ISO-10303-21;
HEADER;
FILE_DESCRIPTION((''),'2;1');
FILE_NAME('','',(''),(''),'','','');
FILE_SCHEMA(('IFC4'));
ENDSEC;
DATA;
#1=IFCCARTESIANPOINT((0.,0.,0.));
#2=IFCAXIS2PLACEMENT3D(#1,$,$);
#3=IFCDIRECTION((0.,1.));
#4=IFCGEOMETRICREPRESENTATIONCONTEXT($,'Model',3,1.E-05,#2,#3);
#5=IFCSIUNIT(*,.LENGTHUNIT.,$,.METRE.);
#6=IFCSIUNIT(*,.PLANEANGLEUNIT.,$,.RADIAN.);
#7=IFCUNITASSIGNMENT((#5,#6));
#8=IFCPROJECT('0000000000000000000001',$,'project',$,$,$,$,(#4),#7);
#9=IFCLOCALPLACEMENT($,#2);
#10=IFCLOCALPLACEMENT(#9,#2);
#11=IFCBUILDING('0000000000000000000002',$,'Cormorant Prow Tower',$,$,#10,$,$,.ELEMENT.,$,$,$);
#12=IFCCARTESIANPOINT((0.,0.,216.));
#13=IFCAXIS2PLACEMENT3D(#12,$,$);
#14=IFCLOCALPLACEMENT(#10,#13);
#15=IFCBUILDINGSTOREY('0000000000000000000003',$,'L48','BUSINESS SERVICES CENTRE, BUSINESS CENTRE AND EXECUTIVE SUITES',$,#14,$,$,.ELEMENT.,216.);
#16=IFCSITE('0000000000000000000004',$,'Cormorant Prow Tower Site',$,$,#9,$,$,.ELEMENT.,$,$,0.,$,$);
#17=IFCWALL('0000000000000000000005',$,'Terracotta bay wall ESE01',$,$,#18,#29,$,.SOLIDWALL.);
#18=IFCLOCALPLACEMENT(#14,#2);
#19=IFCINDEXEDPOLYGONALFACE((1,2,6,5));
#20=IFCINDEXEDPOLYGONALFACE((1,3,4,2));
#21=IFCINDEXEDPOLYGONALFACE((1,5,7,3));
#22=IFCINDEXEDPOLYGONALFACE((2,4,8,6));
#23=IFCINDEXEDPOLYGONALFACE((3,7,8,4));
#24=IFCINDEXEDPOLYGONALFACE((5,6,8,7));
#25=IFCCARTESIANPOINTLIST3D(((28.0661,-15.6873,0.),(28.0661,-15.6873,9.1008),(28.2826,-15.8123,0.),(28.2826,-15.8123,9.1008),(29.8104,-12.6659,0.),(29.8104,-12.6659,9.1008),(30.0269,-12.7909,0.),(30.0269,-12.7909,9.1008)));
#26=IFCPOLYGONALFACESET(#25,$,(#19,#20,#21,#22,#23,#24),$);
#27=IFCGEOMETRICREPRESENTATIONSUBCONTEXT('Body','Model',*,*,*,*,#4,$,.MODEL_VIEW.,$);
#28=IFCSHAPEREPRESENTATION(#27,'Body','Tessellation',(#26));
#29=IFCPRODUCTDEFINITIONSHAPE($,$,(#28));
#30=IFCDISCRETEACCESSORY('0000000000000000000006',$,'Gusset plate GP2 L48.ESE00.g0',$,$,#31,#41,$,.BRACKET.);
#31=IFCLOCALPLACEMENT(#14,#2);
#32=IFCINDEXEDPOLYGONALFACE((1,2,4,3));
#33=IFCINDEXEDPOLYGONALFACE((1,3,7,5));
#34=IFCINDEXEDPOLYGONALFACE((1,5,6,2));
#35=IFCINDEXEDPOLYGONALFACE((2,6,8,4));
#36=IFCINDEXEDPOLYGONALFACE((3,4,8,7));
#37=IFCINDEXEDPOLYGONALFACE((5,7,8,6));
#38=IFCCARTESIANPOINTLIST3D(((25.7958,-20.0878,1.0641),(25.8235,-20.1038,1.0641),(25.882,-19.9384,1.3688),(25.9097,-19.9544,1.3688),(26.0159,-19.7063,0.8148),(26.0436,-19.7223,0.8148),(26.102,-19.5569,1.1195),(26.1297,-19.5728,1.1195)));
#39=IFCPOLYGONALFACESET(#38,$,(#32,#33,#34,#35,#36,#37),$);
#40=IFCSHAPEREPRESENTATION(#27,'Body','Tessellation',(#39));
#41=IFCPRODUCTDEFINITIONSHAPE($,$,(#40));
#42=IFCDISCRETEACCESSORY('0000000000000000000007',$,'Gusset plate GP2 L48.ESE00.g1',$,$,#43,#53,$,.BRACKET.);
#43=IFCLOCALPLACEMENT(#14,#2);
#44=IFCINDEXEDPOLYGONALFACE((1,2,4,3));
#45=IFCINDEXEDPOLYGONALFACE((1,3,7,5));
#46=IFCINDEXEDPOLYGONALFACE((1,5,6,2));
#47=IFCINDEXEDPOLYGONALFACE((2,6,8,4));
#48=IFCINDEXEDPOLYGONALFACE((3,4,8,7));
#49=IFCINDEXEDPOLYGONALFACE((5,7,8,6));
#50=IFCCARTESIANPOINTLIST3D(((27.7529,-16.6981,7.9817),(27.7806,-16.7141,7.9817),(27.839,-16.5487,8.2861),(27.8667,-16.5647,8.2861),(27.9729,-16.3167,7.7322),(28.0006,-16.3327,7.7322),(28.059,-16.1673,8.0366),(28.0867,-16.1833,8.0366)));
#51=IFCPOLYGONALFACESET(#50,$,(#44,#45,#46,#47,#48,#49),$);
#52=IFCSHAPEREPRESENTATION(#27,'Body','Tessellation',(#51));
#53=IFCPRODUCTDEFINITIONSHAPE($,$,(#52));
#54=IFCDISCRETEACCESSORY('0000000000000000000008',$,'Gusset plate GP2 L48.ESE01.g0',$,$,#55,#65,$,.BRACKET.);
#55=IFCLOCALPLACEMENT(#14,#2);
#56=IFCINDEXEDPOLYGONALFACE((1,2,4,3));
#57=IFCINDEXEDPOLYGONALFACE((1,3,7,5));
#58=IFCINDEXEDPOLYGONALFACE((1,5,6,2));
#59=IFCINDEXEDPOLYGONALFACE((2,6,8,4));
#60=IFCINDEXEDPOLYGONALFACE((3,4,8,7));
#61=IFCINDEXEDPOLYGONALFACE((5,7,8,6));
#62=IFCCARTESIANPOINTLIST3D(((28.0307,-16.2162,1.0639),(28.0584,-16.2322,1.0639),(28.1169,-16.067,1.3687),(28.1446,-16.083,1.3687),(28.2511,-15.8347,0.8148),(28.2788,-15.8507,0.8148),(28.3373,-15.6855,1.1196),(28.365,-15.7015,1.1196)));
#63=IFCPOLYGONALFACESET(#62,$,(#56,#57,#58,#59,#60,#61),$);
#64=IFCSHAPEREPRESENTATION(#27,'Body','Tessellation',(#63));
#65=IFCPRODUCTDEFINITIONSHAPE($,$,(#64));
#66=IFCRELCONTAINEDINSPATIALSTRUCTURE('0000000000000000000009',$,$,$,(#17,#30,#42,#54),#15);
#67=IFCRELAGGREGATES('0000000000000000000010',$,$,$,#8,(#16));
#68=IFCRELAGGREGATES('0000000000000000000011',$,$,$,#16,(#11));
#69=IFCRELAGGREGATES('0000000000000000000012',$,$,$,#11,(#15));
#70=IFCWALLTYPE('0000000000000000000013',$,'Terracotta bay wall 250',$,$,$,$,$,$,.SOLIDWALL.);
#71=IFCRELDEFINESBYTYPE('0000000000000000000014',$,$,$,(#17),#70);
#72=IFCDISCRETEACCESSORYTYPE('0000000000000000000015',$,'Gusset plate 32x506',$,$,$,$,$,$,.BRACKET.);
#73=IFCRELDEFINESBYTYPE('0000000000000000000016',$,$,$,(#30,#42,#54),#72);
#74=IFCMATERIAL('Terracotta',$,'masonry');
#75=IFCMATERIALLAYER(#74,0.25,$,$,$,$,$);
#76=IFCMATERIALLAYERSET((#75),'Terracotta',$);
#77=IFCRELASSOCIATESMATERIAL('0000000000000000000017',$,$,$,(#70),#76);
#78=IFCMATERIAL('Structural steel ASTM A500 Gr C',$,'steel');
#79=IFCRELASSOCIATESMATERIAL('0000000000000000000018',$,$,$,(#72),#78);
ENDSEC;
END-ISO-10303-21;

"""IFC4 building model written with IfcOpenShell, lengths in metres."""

from ifc_helpers import new_model, si_unit, direction, frame, frame_2d, origin, origin_2d, place, context, subcontext, project, spatial, rectangle, extrude, material, layer, layer_set, material_profile, profile_set, type_object, element, save


model = new_model("IFC4")

# Units and contexts
model_context = context("Model", 3, precision=1e-05, world=origin(), true_north=direction((0.0, 1.0)))
body_context = subcontext(model_context, "Body", "Model", "MODEL_VIEW")
ifc_project = project(units=[si_unit("LENGTHUNIT", "METRE"), si_unit("PLANEANGLEUNIT", "RADIAN")], contexts=[model_context])

# Site, building, storey
site_placement = place(None, origin())
site = spatial("IfcSite", under=ifc_project, at=site_placement, Name="Cormorant Prow Tower Site", CompositionType="ELEMENT", RefElevation=0.0)
building_placement = place(site_placement, origin())
building = spatial("IfcBuilding", under=site, at=building_placement, Name="Cormorant Prow Tower", CompositionType="ELEMENT")
storey_placement = place(building_placement, frame((0.0, 0.0, 216.0)))
storey = spatial("IfcBuildingStorey", under=building, at=storey_placement, Name="L48", Description="BUSINESS SERVICES CENTRE, BUSINESS CENTRE AND EXECUTIVE SUITES", CompositionType="ELEMENT", Elevation=216.0)

# Wall
ifc_material_1 = material(Name="Terracotta", Category="masonry")
ifc_layer_1 = layer(ifc_material_1, 0.25)
ifc_layer_set_1 = layer_set([ifc_layer_1], Name="Terracotta")
wall_type = type_object("IfcWallType", Name="Terracotta bay wall 250", PredefinedType="SOLIDWALL", material=ifc_layer_set_1)
wall_1_placement = place(storey_placement, frame((28.1743, -15.7498, 0.0), z_axis=(0.0, 0.0, 1.0), x_axis=(0.499985, 0.866034, 0.0)))
element("IfcWall", 1, at=wall_1_placement, inside=storey, type_object=wall_type, Name="Terracotta bay wall ESE01", PredefinedType="SOLIDWALL", context=body_context, shape_type="SweptSolid", body=[
    extrude(rectangle(XDim=3.4888, YDim=0.25, at=frame_2d((1.7444, 0.0))), origin(), (0.0, 0.0, 1.0), 9.1008),
])

# Discrete accessories
ifc_material_2 = material(Name="Structural steel ASTM A500 Gr C", Category="steel")
ifc_material_profile_1 = material_profile(ifc_material_2, rectangle(XDim=0.032, YDim=0.5061, at=origin_2d()), Name="Gusset plate 32x506")
ifc_profile_set_1 = profile_set([ifc_material_profile_1], Name="Structural steel ASTM A500 Gr C")
discrete_accessory_type = type_object("IfcDiscreteAccessoryType", Name="Gusset plate 32x506", PredefinedType="BRACKET", material=ifc_profile_set_1)
discrete_accessory_1_placement = place(storey_placement, frame((26.0059, -19.7556, 1.2441), z_axis=(-0.246147, -0.426747, -0.870229), x_axis=(0.866233, -0.499641, 0.0)))
element("IfcDiscreteAccessory", 2, at=discrete_accessory_1_placement, inside=storey, type_object=discrete_accessory_type, Name="Gusset plate GP2 L48.ESE00.g0", PredefinedType="BRACKET", context=body_context, shape_type="SweptSolid", body=[
    extrude(rectangle(XDim=0.032, YDim=0.5061, at=origin_2d()), origin(), (0.0, 0.0, 1.0), 0.3501),
])
discrete_accessory_2_placement = place(storey_placement, frame((27.8767, -16.5154, 7.8569), z_axis=(0.246296, 0.427006, 0.87006), x_axis=(-0.866233, 0.499641, 0.0)))
element("IfcDiscreteAccessory", 3, at=discrete_accessory_2_placement, inside=storey, type_object=discrete_accessory_type, Name="Gusset plate GP2 L48.ESE00.g1", PredefinedType="BRACKET", context=body_context, shape_type="SweptSolid", body=[
    extrude(rectangle(XDim=0.032, YDim=0.5061, at=origin_2d()), origin(), (0.0, 0.0, 1.0), 0.3499),
])
discrete_accessory_3_placement = place(storey_placement, frame((28.241, -15.8843, 1.2441), z_axis=(-0.24622, -0.426176, -0.870488), x_axis=(0.865879, -0.500254, 0.0)))
element("IfcDiscreteAccessory", 4, at=discrete_accessory_3_placement, inside=storey, type_object=discrete_accessory_type, Name="Gusset plate GP2 L48.ESE01.g0", PredefinedType="BRACKET", context=body_context, shape_type="SweptSolid", body=[
    extrude(rectangle(XDim=0.032, YDim=0.5061, at=origin_2d()), origin(), (0.0, 0.0, 1.0), 0.3501),
])

save(model, "model.ifc")
